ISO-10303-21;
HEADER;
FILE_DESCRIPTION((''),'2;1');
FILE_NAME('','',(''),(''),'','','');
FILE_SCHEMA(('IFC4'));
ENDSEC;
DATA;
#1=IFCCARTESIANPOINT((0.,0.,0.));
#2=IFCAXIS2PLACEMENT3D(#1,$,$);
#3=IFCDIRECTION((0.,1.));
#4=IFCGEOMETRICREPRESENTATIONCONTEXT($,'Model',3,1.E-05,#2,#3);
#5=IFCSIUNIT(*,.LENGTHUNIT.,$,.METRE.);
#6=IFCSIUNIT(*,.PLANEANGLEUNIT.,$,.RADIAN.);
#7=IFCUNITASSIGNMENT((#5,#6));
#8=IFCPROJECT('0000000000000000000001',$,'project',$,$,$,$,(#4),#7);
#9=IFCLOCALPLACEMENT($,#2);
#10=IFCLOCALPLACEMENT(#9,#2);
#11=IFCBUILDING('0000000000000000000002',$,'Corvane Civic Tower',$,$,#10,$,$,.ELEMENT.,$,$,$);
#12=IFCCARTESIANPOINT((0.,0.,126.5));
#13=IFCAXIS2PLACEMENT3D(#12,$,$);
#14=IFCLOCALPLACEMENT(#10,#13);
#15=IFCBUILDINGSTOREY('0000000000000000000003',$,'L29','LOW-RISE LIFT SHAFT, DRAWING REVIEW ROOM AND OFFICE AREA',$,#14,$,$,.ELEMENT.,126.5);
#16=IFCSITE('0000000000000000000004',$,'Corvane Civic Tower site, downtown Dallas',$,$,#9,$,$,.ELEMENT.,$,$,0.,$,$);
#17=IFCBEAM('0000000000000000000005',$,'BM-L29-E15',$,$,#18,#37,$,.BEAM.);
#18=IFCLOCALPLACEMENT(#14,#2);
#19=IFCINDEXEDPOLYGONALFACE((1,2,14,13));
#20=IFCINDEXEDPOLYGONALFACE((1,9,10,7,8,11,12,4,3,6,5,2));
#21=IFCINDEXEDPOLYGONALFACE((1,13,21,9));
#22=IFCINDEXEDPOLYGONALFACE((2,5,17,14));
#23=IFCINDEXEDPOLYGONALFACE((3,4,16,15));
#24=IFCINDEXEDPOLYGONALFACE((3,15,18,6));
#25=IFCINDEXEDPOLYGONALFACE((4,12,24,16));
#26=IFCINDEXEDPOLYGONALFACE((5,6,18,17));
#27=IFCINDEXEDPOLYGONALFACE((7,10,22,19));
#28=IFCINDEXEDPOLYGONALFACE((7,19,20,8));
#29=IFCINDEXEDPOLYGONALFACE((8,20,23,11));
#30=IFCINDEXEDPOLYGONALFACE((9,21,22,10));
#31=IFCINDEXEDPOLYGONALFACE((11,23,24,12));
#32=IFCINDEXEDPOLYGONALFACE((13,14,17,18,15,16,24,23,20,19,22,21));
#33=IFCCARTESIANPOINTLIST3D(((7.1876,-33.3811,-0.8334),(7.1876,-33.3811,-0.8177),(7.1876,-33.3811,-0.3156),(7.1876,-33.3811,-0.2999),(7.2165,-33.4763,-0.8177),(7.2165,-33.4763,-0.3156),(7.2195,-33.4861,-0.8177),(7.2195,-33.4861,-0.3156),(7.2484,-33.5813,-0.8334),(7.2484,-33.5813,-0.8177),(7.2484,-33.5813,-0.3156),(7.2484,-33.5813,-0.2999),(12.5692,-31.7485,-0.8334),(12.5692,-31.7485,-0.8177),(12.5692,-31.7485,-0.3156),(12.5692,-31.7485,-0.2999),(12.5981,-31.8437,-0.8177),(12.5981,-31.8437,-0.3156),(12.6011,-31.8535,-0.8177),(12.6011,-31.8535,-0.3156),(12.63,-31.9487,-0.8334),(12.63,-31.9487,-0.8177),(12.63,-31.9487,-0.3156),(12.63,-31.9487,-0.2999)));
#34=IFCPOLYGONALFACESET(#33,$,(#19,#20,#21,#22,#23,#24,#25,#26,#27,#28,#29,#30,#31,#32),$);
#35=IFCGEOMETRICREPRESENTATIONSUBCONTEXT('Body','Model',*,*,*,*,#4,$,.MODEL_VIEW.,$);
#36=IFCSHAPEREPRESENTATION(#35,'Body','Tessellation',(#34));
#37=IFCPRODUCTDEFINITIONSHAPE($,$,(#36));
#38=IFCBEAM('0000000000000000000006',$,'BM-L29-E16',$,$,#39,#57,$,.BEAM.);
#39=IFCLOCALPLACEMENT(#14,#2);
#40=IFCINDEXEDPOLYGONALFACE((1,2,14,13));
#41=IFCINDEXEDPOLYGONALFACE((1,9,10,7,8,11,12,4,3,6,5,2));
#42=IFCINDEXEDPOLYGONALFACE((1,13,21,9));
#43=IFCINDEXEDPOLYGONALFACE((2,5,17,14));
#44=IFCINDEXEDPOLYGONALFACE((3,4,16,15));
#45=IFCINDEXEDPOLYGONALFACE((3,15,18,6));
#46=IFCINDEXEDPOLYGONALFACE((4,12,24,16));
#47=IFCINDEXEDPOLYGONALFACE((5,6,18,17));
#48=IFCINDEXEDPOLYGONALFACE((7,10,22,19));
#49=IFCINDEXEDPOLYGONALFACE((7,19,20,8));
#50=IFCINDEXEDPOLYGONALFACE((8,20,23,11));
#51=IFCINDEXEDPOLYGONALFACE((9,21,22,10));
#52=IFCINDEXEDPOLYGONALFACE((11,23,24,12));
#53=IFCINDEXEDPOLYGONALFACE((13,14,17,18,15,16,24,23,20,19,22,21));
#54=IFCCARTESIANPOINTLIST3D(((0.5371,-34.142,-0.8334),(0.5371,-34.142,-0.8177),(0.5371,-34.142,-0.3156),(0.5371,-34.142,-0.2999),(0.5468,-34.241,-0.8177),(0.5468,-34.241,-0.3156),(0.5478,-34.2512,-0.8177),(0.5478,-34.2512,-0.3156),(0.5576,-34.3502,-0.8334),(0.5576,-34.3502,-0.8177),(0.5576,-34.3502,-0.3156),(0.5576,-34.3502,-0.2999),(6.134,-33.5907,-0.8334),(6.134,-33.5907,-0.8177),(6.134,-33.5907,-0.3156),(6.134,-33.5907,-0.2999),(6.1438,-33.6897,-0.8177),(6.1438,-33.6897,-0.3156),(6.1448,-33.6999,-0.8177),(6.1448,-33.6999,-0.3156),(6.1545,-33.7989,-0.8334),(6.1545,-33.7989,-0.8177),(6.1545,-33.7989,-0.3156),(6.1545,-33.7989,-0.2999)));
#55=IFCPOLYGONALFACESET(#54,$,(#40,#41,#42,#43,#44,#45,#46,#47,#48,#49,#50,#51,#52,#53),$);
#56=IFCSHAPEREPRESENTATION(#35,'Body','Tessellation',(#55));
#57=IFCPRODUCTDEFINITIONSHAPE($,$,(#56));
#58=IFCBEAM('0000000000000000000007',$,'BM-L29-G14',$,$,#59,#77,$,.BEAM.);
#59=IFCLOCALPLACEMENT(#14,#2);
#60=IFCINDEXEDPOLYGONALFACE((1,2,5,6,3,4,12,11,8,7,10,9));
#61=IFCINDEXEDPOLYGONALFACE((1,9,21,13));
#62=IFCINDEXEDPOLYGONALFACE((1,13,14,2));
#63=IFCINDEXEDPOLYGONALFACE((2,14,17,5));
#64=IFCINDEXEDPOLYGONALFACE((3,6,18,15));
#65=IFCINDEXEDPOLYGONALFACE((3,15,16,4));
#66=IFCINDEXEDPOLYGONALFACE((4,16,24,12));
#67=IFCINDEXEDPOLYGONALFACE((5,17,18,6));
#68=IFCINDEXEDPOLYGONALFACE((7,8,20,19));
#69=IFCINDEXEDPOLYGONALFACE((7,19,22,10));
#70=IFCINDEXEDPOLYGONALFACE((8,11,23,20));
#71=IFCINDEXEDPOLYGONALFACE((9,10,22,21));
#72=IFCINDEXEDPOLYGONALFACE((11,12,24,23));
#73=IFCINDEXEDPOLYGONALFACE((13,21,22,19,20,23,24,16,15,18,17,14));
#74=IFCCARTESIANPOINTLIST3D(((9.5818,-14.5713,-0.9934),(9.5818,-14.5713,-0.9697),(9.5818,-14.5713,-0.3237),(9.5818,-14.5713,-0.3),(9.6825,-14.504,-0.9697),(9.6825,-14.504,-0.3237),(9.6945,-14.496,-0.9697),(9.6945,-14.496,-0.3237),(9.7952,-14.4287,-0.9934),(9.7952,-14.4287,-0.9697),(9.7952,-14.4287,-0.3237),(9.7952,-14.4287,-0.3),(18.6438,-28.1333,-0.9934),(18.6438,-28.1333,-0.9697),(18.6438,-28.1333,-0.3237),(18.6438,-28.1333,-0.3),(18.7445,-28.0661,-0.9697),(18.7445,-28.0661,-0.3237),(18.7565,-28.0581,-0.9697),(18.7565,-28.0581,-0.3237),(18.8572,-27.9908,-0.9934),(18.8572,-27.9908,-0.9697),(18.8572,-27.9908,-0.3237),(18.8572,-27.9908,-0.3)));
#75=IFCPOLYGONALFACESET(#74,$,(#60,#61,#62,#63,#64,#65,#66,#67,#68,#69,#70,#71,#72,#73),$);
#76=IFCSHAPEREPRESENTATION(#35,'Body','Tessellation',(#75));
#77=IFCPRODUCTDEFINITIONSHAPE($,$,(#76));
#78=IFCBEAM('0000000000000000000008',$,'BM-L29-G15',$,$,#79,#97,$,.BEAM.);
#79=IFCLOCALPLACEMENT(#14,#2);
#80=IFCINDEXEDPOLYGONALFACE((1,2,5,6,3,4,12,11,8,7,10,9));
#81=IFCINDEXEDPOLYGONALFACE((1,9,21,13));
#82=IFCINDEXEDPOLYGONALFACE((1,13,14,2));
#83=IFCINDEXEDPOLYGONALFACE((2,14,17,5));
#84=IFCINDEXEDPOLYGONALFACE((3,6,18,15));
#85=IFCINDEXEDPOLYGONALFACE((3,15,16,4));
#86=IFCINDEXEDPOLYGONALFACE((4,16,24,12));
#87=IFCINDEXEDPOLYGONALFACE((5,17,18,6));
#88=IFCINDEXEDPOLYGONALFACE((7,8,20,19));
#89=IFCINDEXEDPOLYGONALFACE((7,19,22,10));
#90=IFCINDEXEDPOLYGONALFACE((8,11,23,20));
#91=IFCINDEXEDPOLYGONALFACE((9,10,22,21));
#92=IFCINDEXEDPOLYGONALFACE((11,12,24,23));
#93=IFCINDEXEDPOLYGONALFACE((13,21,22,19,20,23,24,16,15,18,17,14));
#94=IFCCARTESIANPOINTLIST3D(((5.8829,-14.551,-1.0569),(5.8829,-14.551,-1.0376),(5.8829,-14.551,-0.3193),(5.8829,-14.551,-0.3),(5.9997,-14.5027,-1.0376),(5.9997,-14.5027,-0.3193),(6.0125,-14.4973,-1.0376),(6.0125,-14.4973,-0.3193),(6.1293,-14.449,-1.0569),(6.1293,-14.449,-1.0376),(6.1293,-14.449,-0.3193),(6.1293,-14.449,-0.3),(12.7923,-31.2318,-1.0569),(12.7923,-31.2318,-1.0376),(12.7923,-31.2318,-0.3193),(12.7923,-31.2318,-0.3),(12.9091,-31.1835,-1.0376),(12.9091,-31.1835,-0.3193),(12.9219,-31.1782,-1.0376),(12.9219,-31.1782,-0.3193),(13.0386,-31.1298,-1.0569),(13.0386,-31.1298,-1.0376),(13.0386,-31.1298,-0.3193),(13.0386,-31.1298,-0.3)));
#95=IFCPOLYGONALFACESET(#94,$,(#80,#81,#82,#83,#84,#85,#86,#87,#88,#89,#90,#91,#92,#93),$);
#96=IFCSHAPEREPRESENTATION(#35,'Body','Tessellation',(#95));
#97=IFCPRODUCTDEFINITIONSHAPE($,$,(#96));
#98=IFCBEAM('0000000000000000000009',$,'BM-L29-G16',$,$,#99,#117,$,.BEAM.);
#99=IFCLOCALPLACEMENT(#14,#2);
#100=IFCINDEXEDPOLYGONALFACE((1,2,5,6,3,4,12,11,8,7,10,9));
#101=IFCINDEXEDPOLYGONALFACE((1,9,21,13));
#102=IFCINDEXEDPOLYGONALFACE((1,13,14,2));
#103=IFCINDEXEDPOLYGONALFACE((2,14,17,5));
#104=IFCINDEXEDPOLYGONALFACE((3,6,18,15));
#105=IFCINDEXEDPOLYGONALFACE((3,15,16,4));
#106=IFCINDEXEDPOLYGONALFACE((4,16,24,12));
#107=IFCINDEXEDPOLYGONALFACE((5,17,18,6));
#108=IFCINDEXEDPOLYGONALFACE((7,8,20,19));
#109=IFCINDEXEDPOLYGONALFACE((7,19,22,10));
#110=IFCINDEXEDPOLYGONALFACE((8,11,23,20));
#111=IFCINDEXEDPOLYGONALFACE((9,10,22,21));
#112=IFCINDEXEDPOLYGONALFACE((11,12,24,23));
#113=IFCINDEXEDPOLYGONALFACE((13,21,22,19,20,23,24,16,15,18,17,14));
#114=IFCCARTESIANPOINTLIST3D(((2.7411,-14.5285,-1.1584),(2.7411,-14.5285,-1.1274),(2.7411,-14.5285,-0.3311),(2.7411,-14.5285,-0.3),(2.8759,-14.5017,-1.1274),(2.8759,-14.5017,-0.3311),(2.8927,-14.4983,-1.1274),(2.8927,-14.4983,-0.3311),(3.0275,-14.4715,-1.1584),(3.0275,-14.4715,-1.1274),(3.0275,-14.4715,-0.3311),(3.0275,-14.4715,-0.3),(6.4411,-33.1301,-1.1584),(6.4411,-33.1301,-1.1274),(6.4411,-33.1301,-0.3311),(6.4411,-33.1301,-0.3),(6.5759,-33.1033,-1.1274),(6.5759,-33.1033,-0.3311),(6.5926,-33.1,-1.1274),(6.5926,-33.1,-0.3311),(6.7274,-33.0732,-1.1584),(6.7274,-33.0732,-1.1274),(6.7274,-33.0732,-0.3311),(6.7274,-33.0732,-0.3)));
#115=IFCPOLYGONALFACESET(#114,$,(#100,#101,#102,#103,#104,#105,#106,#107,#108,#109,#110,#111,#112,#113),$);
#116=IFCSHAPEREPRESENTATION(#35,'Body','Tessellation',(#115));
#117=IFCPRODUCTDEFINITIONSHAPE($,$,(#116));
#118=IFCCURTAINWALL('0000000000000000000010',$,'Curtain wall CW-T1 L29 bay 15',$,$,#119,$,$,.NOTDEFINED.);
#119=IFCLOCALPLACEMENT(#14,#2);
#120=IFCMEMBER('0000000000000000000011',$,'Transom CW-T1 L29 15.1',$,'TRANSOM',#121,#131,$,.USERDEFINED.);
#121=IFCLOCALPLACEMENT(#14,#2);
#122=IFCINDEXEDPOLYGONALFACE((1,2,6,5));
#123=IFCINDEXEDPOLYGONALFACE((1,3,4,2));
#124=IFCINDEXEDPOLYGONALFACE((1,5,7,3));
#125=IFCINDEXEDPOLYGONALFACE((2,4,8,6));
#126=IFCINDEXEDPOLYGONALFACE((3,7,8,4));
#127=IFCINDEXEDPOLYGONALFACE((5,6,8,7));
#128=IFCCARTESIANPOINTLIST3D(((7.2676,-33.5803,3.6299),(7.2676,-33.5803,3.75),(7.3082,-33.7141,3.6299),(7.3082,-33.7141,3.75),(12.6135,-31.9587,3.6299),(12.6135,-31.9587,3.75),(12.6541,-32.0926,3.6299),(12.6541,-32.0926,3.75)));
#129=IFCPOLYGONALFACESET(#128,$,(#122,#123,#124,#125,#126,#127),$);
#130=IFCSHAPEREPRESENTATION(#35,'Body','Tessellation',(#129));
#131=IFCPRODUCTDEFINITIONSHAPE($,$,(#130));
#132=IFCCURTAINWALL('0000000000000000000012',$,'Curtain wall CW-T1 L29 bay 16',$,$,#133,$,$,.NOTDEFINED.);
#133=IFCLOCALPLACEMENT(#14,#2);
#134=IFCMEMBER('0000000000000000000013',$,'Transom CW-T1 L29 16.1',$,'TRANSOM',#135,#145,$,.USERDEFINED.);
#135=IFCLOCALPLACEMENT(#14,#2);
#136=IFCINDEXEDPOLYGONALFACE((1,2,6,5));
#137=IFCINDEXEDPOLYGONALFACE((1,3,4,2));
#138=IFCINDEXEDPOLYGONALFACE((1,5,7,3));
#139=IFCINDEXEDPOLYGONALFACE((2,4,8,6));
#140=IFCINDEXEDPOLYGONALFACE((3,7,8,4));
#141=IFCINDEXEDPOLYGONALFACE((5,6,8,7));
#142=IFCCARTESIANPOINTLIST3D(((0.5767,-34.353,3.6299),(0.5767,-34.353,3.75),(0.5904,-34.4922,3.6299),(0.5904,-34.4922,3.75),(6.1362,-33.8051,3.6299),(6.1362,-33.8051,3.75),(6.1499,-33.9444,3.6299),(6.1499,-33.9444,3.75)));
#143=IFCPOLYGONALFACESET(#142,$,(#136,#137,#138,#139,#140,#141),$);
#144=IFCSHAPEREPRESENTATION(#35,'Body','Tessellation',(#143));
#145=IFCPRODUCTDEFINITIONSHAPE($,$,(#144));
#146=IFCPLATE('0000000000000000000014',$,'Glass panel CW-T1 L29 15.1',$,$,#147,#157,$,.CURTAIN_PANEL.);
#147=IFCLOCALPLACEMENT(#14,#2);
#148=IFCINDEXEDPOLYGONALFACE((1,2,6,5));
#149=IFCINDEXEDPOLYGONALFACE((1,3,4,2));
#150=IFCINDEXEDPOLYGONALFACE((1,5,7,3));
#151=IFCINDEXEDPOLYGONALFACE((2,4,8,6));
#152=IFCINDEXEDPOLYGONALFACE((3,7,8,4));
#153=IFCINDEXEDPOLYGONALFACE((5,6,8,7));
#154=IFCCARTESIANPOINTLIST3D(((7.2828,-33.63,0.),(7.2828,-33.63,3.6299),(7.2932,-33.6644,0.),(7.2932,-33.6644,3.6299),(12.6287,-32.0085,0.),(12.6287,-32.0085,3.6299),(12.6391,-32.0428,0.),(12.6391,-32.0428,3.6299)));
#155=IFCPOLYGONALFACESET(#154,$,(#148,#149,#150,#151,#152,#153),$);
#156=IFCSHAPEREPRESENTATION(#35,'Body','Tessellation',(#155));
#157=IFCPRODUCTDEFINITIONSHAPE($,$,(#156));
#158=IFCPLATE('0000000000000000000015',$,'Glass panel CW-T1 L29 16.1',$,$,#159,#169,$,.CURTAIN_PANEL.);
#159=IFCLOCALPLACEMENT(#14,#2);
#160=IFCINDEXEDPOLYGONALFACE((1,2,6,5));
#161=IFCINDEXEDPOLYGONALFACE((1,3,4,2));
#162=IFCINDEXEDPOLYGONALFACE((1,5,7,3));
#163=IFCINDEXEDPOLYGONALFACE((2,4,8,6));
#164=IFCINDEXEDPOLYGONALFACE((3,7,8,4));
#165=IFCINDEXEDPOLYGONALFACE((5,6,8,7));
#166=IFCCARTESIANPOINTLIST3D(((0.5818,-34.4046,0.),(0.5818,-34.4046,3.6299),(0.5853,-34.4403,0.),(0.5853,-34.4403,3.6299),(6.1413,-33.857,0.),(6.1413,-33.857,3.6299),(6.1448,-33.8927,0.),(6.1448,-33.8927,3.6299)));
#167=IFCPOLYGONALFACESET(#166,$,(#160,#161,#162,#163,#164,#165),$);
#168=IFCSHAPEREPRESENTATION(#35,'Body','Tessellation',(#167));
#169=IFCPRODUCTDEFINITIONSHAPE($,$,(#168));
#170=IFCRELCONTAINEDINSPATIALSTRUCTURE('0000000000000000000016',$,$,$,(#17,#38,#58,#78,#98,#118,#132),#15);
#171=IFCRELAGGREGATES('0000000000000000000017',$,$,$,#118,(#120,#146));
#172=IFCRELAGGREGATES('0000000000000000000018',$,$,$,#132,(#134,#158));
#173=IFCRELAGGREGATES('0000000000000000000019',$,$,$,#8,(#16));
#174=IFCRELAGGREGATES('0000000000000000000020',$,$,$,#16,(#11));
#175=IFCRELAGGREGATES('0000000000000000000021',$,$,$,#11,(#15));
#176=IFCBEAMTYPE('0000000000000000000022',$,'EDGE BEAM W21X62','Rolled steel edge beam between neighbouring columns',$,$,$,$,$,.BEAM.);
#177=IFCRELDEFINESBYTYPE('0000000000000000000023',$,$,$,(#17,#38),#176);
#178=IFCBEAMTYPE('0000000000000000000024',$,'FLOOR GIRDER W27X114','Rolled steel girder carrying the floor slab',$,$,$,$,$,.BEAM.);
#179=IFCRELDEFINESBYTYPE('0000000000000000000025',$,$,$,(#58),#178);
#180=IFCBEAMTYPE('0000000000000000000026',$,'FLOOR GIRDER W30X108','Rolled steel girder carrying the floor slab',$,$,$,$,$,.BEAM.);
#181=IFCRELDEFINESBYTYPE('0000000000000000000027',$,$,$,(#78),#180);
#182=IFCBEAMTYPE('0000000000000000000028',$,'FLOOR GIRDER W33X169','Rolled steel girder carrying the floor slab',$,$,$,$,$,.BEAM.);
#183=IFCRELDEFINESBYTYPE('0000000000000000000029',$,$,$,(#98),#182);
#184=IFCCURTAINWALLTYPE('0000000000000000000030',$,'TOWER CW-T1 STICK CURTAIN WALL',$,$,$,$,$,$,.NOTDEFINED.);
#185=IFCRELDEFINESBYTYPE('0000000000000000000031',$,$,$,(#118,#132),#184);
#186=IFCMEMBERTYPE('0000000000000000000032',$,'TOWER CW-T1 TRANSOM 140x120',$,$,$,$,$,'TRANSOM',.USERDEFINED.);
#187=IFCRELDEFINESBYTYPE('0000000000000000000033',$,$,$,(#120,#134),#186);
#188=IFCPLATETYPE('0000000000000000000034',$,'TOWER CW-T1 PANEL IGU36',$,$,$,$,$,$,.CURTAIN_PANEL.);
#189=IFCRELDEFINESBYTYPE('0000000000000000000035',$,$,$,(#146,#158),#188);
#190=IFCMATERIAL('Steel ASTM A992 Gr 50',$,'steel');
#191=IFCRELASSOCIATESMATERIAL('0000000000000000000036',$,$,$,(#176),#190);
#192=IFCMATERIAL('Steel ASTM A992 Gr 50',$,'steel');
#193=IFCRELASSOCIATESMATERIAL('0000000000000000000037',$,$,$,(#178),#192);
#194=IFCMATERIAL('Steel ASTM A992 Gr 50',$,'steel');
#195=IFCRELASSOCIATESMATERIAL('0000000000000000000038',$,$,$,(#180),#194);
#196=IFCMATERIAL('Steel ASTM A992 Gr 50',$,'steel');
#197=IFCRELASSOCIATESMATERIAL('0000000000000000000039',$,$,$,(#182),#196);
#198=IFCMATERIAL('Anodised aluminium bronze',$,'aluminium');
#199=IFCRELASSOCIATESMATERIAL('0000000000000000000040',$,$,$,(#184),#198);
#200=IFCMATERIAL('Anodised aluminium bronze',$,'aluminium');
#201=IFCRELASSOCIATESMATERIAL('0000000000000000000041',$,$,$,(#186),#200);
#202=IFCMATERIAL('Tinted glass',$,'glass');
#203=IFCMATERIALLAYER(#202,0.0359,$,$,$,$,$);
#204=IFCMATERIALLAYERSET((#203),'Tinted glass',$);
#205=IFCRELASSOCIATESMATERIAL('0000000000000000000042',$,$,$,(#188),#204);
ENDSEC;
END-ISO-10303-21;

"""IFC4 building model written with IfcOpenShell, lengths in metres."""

from ifc_helpers import new_model, si_unit, direction, frame, origin, origin_2d, place, context, subcontext, project, spatial, rectangle, i_section, extrude, material, layer, layer_set, material_profile, profile_set, type_object, element, aggregate, save


model = new_model("IFC4")

# Units and contexts
model_context = context("Model", 3, precision=1e-05, world=origin(), true_north=direction((0.0, 1.0)))
body_context = subcontext(model_context, "Body", "Model", "MODEL_VIEW")
ifc_project = project(units=[si_unit("LENGTHUNIT", "METRE"), si_unit("PLANEANGLEUNIT", "RADIAN")], contexts=[model_context])

# Site, building, storey
site_placement = place(None, origin())
site = spatial("IfcSite", under=ifc_project, at=site_placement, Name="Corvane Civic Tower site, downtown Dallas", CompositionType="ELEMENT", RefElevation=0.0)
building_placement = place(site_placement, origin())
building = spatial("IfcBuilding", under=site, at=building_placement, Name="Corvane Civic Tower", CompositionType="ELEMENT")
storey_placement = place(building_placement, frame((0.0, 0.0, 126.5)))
storey = spatial("IfcBuildingStorey", under=building, at=storey_placement, Name="L29", Description="LOW-RISE LIFT SHAFT, DRAWING REVIEW ROOM AND OFFICE AREA", CompositionType="ELEMENT", Elevation=126.5)

# Beams
ifc_material_1 = material(Name="Steel ASTM A992 Gr 50", Category="steel")
ifc_material_profile_1 = material_profile(ifc_material_1, i_section(OverallWidth=0.2092, OverallDepth=0.5334, WebThickness=0.0103, FlangeThickness=0.0156, at=origin_2d()), Name="W21X62")
ifc_profile_set_1 = profile_set([ifc_material_profile_1], Name="Steel ASTM A992 Gr 50")
beam_type_1 = type_object("IfcBeamType", Name="EDGE BEAM W21X62", Description="Rolled steel edge beam between neighbouring columns", PredefinedType="BEAM", material=ifc_profile_set_1)
beam_1_placement = place(storey_placement, frame((12.5996, -31.8486, -0.5667), z_axis=(-0.956936, -0.290298, 0.0), x_axis=(0.290298, -0.956936, 0.0)))
element("IfcBeam", 1, at=beam_1_placement, inside=storey, type_object=beam_type_1, Name="BM-L29-E15", PredefinedType="BEAM", context=body_context, shape_type="SweptSolid", body=[
    extrude(i_section(OverallWidth=0.2092, OverallDepth=0.5334, WebThickness=0.0103, FlangeThickness=0.0156, at=origin_2d()), origin(), (0.0, 0.0, 1.0), 5.6238),
])
beam_2_placement = place(storey_placement, frame((6.1443, -33.6948, -0.5667), z_axis=(-0.995184, -0.098021, 0.0), x_axis=(0.098021, -0.995184, 0.0)))
element("IfcBeam", 2, at=beam_2_placement, inside=storey, type_object=beam_type_1, Name="BM-L29-E16", PredefinedType="BEAM", context=body_context, shape_type="SweptSolid", body=[
    extrude(i_section(OverallWidth=0.2092, OverallDepth=0.5334, WebThickness=0.0103, FlangeThickness=0.0156, at=origin_2d()), origin(), (0.0, 0.0, 1.0), 5.624),
])
ifc_material_2 = material(Name="Steel ASTM A992 Gr 50", Category="steel")
ifc_material_profile_2 = material_profile(ifc_material_2, i_section(OverallWidth=0.2566, OverallDepth=0.6934, WebThickness=0.0144, FlangeThickness=0.0237, at=origin_2d()), Name="W27X114")
ifc_profile_set_2 = profile_set([ifc_material_profile_2], Name="Steel ASTM A992 Gr 50")
beam_type_2 = type_object("IfcBeamType", Name="FLOOR GIRDER W27X114", Description="Rolled steel girder carrying the floor slab", PredefinedType="BEAM", material=ifc_profile_set_2)
beam_3_placement = place(storey_placement, frame((9.6885, -14.5, -0.6467), z_axis=(0.555577, -0.831465, 0.0), x_axis=(0.831465, 0.555577, 0.0)))
element("IfcBeam", 3, at=beam_3_placement, inside=storey, type_object=beam_type_2, Name="BM-L29-G14", PredefinedType="BEAM", context=body_context, shape_type="SweptSolid", body=[
    extrude(i_section(OverallWidth=0.2566, OverallDepth=0.6934, WebThickness=0.0144, FlangeThickness=0.0237, at=origin_2d()), origin(), (0.0, 0.0, 1.0), 16.311),
])
ifc_material_3 = material(Name="Steel ASTM A992 Gr 50", Category="steel")
ifc_material_profile_3 = material_profile(ifc_material_3, i_section(OverallWidth=0.2666, OverallDepth=0.7568, WebThickness=0.0139, FlangeThickness=0.0193, at=origin_2d()), Name="W30X108")
ifc_profile_set_3 = profile_set([ifc_material_profile_3], Name="Steel ASTM A992 Gr 50")
beam_type_3 = type_object("IfcBeamType", Name="FLOOR GIRDER W30X108", Description="Rolled steel girder carrying the floor slab", PredefinedType="BEAM", material=ifc_profile_set_3)
beam_4_placement = place(storey_placement, frame((6.0061, -14.5, -0.6785), z_axis=(0.382682, -0.92388, 0.0), x_axis=(0.92388, 0.382682, 0.0)))
element("IfcBeam", 4, at=beam_4_placement, inside=storey, type_object=beam_type_3, Name="BM-L29-G15", PredefinedType="BEAM", context=body_context, shape_type="SweptSolid", body=[
    extrude(i_section(OverallWidth=0.2666, OverallDepth=0.7568, WebThickness=0.0139, FlangeThickness=0.0193, at=origin_2d()), origin(), (0.0, 0.0, 1.0), 18.0552),
])
ifc_material_4 = material(Name="Steel ASTM A992 Gr 50", Category="steel")
ifc_material_profile_4 = material_profile(ifc_material_4, i_section(OverallWidth=0.292, OverallDepth=0.8584, WebThickness=0.0171, FlangeThickness=0.031, at=origin_2d()), Name="W33X169")
ifc_profile_set_4 = profile_set([ifc_material_profile_4], Name="Steel ASTM A992 Gr 50")
beam_type_4 = type_object("IfcBeamType", Name="FLOOR GIRDER W33X169", Description="Rolled steel girder carrying the floor slab", PredefinedType="BEAM", material=ifc_profile_set_4)
beam_5_placement = place(storey_placement, frame((2.8843, -14.5, -0.7292), z_axis=(0.195084, -0.980787, 0.0), x_axis=(0.980787, 0.195084, 0.0)))
element("IfcBeam", 5, at=beam_5_placement, inside=storey, type_object=beam_type_4, Name="BM-L29-G16", PredefinedType="BEAM", context=body_context, shape_type="SweptSolid", body=[
    extrude(i_section(OverallWidth=0.292, OverallDepth=0.8584, WebThickness=0.0171, FlangeThickness=0.031, at=origin_2d()), origin(), (0.0, 0.0, 1.0), 18.9661),
])

# Curtain walls, members
ifc_material_5 = material(Name="Anodised aluminium bronze", Category="aluminium")
curtain_wall_type = type_object("IfcCurtainWallType", Name="TOWER CW-T1 STICK CURTAIN WALL", PredefinedType="NOTDEFINED", material=ifc_material_5)
curtain_wall_1_placement = place(storey_placement, origin())
curtain_wall_1 = element("IfcCurtainWall", 6, at=curtain_wall_1_placement, inside=storey, type_object=curtain_wall_type, Name="Curtain wall CW-T1 L29 bay 15", PredefinedType="NOTDEFINED")
ifc_material_6 = material(Name="Anodised aluminium bronze", Category="aluminium")
ifc_material_profile_5 = material_profile(ifc_material_6, rectangle(XDim=0.1399, YDim=0.1201, at=origin_2d()), Name="TOWER CW-T1 TRANSOM 140x120")
ifc_profile_set_5 = profile_set([ifc_material_profile_5], Name="Anodised aluminium bronze")
member_type = type_object("IfcMemberType", Name="TOWER CW-T1 TRANSOM 140x120", ElementType="TRANSOM", PredefinedType="USERDEFINED", material=ifc_profile_set_5)
member_1_placement = place(storey_placement, frame((12.6338, -32.0256, 3.6899), z_axis=(-0.956945, -0.290269, 0.0), x_axis=(0.290269, -0.956945, 0.0)))
member_1 = element("IfcMember", 7, at=member_1_placement, type_object=member_type, Name="Transom CW-T1 L29 15.1", ObjectType="TRANSOM", PredefinedType="USERDEFINED", context=body_context, shape_type="SweptSolid", body=[
    extrude(rectangle(XDim=0.1399, YDim=0.1201, at=origin_2d()), origin(), (0.0, 0.0, 1.0), 5.5864),
])
curtain_wall_2_placement = place(storey_placement, origin())
curtain_wall_2 = element("IfcCurtainWall", 8, at=curtain_wall_2_placement, inside=storey, type_object=curtain_wall_type, Name="Curtain wall CW-T1 L29 bay 16", PredefinedType="NOTDEFINED")
member_2_placement = place(storey_placement, frame((6.1431, -33.8748, 3.6899), z_axis=(-0.99518, -0.098067, 0.0), x_axis=(0.098067, -0.99518, 0.0)))
member_2 = element("IfcMember", 9, at=member_2_placement, type_object=member_type, Name="Transom CW-T1 L29 16.1", ObjectType="TRANSOM", PredefinedType="USERDEFINED", context=body_context, shape_type="SweptSolid", body=[
    extrude(rectangle(XDim=0.1399, YDim=0.1201, at=origin_2d()), origin(), (0.0, 0.0, 1.0), 5.5864),
])

# Plates
ifc_material_7 = material(Name="Tinted glass", Category="glass")
ifc_layer_1 = layer(ifc_material_7, 0.0359)
ifc_layer_set_1 = layer_set([ifc_layer_1], Name="Tinted glass")
plate_type = type_object("IfcPlateType", Name="TOWER CW-T1 PANEL IGU36", PredefinedType="CURTAIN_PANEL", material=ifc_layer_set_1)
plate_1_placement = place(storey_placement, frame((9.9609, -32.8364, 0.0), z_axis=(0.0, 0.0, 1.0), x_axis=(-0.956946, -0.290266, 0.0)))
plate_1 = element("IfcPlate", 10, at=plate_1_placement, type_object=plate_type, Name="Glass panel CW-T1 L29 15.1", PredefinedType="CURTAIN_PANEL", context=body_context, shape_type="SweptSolid", body=[
    extrude(rectangle(XDim=5.5864, YDim=0.0359, at=origin_2d()), origin(), (0.0, 0.0, 1.0), 3.6299),
])
aggregate(curtain_wall_1, [member_1, plate_1])
plate_2_placement = place(storey_placement, frame((3.3633, -34.1487, 0.0), z_axis=(0.0, 0.0, 1.0), x_axis=(-0.995184, -0.098027, 0.0)))
plate_2 = element("IfcPlate", 11, at=plate_2_placement, type_object=plate_type, Name="Glass panel CW-T1 L29 16.1", PredefinedType="CURTAIN_PANEL", context=body_context, shape_type="SweptSolid", body=[
    extrude(rectangle(XDim=5.5864, YDim=0.0359, at=origin_2d()), origin(), (0.0, 0.0, 1.0), 3.6299),
])
aggregate(curtain_wall_2, [member_2, plate_2])

save(model, "model.ifc")
